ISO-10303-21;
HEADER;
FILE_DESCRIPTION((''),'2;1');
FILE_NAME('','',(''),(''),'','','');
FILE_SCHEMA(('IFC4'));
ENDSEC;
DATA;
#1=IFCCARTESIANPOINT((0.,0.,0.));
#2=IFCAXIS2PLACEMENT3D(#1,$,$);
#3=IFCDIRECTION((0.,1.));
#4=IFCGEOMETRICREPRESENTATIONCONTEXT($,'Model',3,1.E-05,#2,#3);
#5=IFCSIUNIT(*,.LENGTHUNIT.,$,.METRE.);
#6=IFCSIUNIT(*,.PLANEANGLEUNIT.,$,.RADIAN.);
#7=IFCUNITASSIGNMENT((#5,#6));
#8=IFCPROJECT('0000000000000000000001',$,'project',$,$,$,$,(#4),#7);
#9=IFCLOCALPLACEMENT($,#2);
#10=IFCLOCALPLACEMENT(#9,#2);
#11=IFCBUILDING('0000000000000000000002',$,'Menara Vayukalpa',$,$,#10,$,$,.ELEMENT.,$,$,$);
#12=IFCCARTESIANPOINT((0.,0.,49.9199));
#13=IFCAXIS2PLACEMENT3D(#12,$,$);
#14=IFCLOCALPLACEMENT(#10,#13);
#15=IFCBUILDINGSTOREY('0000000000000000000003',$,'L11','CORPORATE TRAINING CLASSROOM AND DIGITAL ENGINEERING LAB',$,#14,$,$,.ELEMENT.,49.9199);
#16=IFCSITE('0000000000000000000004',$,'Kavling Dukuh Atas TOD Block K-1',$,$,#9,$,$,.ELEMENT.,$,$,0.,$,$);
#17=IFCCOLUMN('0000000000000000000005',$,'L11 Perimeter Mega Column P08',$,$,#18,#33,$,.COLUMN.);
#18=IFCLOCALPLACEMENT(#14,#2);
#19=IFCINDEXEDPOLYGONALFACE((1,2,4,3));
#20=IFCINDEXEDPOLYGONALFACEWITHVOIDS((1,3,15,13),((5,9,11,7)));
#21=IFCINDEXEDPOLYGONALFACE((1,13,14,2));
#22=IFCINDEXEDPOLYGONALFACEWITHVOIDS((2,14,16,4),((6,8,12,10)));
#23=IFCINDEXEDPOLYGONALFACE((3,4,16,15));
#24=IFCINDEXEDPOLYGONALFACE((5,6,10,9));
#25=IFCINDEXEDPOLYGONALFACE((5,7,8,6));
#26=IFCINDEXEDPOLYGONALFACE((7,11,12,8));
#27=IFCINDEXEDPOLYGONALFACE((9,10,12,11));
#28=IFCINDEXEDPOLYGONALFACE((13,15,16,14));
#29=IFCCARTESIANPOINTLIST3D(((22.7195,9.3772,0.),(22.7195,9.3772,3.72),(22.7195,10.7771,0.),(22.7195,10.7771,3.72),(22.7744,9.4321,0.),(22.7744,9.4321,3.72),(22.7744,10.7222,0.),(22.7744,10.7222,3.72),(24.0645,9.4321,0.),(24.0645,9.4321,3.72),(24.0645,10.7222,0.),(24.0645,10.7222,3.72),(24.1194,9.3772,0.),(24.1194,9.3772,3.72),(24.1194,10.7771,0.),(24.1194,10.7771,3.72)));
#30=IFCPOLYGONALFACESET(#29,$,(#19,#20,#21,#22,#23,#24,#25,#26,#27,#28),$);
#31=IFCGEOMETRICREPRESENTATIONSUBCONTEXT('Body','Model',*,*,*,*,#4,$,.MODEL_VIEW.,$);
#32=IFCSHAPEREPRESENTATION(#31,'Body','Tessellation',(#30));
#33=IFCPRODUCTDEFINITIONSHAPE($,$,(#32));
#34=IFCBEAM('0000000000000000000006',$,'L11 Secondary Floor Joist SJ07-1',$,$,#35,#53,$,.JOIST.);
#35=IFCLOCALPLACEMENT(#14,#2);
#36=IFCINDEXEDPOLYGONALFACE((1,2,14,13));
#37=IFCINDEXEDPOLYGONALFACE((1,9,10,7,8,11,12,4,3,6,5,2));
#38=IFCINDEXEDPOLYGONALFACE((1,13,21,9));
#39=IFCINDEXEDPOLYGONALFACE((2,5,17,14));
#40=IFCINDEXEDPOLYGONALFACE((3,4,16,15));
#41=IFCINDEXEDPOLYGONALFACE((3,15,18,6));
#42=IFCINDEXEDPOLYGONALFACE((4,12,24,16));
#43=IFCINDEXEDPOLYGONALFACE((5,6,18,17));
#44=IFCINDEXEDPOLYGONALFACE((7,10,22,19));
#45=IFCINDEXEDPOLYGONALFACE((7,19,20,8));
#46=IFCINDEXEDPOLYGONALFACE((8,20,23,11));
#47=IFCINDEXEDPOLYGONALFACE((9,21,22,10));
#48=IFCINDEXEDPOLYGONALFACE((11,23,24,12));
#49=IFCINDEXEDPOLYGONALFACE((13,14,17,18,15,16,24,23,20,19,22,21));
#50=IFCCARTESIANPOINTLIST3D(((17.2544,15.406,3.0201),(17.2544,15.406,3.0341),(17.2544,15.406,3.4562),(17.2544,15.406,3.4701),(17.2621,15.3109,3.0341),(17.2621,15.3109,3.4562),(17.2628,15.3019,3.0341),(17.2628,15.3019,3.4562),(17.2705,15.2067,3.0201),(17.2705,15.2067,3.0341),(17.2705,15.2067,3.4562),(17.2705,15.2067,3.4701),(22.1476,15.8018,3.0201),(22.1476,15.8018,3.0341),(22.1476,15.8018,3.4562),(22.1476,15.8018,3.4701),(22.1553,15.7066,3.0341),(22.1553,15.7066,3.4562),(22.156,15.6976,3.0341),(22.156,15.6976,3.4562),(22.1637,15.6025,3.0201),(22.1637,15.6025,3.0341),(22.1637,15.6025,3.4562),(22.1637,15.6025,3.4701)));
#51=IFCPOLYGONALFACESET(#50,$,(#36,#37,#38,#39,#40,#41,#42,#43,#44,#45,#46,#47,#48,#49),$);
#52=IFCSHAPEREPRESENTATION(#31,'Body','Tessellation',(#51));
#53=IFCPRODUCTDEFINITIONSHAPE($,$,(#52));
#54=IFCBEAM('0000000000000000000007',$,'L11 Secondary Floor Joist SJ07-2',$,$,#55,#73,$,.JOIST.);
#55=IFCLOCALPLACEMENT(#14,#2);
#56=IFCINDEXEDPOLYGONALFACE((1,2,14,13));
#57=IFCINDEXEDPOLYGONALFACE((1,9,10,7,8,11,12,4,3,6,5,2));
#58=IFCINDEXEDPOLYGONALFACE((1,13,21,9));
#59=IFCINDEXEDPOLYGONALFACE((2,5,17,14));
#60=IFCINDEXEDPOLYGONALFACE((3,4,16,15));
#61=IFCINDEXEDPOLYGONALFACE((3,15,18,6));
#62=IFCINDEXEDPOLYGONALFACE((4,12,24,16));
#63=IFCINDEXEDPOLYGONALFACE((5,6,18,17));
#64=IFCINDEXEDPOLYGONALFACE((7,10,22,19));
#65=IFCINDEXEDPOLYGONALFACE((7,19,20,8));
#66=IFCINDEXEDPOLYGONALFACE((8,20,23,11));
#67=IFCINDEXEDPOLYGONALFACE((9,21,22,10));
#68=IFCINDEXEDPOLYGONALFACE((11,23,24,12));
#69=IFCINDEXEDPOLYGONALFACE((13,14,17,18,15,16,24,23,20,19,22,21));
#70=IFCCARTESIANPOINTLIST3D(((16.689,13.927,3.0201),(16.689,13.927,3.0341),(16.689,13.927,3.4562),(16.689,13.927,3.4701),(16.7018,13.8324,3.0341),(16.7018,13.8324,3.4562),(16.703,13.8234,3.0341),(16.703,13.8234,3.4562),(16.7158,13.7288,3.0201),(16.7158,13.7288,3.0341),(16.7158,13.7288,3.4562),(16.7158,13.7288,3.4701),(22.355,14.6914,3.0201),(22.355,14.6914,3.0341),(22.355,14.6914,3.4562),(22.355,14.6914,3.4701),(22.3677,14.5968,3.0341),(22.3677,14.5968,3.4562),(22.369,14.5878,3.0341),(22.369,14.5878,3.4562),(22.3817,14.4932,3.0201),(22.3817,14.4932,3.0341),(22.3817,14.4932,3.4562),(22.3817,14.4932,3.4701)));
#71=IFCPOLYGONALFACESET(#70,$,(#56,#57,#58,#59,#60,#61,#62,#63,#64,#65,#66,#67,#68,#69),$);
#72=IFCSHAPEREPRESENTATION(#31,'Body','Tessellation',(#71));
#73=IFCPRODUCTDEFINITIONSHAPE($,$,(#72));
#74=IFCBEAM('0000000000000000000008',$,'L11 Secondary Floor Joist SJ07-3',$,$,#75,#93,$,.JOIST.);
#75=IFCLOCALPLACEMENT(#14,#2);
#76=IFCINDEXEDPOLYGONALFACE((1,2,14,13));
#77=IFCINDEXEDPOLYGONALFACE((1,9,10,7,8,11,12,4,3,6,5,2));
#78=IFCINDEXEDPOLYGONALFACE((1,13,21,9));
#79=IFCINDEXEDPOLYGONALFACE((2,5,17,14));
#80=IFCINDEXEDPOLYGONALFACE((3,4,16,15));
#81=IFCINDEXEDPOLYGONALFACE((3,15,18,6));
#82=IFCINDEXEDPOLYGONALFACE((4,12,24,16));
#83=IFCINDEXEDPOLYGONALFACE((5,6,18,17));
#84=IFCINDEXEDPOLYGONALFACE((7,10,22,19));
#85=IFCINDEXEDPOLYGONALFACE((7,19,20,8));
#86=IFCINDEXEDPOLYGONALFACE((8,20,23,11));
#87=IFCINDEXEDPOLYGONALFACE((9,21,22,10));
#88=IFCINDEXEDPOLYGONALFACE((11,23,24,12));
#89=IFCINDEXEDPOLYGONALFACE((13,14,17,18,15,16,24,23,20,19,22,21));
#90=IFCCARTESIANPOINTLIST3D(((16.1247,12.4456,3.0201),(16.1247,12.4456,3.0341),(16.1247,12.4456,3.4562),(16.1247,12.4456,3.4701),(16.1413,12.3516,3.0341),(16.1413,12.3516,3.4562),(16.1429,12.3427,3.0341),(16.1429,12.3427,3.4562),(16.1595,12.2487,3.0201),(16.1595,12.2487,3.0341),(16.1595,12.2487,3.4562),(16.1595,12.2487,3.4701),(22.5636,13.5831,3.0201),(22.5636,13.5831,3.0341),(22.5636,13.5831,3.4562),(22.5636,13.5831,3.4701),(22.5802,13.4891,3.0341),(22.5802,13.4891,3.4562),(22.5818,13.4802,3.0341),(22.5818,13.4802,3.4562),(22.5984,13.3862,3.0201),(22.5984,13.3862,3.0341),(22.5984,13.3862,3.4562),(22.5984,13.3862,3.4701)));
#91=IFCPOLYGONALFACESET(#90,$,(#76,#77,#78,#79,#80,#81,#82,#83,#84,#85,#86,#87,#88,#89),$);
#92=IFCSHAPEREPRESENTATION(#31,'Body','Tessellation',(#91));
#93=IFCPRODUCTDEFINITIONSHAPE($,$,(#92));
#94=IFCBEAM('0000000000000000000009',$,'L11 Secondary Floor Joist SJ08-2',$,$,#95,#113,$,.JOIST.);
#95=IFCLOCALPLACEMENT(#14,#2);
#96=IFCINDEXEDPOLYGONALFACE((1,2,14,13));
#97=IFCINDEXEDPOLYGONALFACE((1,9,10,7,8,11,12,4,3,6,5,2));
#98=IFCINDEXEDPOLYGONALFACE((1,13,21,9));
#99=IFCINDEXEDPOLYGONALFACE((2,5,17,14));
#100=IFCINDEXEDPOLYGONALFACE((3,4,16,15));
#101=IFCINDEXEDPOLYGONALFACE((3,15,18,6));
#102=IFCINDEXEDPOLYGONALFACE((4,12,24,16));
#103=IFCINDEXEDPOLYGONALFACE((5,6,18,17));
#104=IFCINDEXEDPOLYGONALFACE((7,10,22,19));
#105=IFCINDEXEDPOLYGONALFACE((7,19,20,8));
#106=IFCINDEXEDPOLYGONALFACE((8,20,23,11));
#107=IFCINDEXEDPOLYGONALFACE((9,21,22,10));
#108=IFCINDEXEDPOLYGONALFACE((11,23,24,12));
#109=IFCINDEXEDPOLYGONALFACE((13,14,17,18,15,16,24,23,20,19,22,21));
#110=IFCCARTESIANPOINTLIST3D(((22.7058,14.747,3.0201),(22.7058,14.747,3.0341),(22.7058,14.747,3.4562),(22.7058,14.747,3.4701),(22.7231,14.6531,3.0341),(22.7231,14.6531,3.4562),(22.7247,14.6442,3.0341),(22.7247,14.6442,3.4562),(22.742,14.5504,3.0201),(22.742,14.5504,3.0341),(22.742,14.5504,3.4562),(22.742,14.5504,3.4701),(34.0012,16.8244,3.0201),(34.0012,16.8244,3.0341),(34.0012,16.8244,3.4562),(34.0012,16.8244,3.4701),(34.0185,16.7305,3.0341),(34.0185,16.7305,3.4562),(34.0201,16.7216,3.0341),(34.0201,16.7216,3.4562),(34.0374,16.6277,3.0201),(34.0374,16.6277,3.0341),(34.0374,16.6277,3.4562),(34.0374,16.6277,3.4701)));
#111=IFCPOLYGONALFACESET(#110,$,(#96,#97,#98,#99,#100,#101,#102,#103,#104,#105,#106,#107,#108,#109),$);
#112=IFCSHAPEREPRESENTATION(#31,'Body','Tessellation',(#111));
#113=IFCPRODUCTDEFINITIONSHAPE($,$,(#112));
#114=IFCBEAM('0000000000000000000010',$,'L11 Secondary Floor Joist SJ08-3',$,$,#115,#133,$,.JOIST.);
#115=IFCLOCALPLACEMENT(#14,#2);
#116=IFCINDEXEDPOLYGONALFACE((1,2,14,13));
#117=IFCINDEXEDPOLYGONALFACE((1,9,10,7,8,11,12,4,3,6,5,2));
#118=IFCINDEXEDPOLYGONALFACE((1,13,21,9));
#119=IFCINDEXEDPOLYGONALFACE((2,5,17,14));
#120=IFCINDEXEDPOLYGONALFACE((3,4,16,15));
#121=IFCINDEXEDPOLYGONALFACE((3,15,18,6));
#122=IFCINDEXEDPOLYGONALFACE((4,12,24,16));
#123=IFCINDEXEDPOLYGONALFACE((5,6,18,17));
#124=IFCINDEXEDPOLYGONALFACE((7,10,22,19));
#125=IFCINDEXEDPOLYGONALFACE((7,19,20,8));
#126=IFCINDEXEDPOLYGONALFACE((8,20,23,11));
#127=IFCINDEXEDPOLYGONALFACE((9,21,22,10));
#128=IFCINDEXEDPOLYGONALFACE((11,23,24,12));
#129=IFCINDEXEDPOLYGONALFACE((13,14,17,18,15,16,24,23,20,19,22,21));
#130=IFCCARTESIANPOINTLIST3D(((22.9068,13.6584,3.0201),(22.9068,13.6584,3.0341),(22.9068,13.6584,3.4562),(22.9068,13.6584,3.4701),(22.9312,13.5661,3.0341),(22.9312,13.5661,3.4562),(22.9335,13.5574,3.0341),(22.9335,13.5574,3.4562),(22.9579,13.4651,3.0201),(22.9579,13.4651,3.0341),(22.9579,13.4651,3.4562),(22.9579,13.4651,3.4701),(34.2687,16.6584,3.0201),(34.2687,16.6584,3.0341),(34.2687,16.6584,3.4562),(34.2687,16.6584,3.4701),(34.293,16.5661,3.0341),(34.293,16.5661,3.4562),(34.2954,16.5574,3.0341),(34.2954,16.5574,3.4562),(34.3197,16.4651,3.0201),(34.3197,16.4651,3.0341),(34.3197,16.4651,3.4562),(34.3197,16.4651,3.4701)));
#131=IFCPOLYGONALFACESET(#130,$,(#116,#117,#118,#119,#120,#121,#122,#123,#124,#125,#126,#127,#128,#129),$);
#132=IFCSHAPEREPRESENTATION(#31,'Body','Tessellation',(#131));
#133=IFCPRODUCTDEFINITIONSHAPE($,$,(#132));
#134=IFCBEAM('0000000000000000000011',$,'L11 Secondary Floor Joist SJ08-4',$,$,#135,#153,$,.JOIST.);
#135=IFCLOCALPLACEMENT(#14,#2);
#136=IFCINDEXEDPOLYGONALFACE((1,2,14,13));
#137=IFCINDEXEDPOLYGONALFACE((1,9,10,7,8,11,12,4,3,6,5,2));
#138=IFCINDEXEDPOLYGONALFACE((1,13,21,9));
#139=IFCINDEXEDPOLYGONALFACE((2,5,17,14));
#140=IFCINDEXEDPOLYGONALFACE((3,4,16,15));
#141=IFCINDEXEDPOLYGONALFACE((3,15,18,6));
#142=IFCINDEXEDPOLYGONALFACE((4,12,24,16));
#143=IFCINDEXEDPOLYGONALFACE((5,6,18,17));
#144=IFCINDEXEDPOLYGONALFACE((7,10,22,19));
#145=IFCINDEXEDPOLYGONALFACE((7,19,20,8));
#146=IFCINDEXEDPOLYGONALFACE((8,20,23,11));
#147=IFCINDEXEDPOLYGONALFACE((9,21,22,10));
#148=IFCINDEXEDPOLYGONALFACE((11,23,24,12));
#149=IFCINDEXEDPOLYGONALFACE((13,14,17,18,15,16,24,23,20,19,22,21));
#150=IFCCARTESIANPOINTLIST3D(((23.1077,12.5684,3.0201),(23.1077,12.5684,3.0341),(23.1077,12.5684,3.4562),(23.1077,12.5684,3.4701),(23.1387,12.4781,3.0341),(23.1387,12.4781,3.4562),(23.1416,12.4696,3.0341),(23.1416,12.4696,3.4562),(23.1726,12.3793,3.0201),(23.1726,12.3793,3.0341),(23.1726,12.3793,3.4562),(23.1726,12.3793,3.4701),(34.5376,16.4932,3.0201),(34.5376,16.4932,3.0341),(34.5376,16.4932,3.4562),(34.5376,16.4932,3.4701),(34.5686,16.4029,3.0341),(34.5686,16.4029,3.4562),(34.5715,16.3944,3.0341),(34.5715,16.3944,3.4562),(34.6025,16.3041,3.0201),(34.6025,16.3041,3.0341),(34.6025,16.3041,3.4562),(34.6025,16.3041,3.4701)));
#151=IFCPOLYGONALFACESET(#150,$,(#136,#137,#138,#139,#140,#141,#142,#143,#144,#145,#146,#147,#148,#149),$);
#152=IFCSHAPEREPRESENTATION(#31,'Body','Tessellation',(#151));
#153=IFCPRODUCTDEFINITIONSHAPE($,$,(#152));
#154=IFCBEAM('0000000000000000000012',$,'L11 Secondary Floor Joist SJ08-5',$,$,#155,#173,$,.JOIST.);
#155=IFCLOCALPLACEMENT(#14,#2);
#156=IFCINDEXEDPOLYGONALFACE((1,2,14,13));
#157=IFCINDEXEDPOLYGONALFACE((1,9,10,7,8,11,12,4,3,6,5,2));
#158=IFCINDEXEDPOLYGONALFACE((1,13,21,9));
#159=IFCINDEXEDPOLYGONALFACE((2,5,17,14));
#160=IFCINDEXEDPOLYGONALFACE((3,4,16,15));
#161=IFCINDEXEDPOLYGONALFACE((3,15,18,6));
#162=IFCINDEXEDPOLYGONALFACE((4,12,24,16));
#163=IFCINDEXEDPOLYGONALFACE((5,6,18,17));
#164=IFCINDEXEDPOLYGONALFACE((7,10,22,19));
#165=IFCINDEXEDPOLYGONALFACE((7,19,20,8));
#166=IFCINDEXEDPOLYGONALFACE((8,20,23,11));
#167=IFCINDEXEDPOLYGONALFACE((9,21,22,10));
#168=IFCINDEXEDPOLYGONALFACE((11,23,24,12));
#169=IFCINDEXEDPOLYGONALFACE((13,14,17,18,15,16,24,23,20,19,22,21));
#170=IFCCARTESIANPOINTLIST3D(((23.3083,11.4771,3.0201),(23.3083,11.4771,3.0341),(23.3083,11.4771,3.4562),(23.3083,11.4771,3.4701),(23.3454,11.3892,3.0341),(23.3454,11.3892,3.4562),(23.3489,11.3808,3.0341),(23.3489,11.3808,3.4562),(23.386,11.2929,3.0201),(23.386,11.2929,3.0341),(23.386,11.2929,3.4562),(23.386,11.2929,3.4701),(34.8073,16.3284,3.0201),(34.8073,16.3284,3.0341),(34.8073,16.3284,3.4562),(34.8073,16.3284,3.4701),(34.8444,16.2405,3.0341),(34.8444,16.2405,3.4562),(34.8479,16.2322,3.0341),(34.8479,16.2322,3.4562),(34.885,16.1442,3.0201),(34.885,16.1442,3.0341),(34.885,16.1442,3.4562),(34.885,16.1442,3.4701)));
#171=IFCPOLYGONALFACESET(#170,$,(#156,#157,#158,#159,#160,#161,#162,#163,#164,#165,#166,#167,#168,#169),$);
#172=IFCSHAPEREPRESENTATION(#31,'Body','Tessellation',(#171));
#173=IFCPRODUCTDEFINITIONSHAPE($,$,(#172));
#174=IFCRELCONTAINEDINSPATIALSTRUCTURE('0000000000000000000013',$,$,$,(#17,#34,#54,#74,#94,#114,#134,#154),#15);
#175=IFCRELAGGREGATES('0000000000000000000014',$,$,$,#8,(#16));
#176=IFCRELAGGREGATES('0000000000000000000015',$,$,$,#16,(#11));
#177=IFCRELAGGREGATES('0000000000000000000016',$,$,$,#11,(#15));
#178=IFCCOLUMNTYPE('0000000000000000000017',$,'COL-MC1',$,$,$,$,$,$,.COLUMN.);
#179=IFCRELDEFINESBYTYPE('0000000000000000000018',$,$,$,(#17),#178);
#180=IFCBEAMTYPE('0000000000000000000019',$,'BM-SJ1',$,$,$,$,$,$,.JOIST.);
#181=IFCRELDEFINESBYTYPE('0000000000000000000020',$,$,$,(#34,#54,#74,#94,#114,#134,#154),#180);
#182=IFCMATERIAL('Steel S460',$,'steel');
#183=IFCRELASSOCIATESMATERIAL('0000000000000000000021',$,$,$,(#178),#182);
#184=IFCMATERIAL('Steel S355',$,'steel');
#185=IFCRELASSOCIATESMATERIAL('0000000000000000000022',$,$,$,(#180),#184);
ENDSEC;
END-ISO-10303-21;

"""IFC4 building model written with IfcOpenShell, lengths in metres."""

from ifc_helpers import new_model, si_unit, direction, frame, origin, origin_2d, place, context, subcontext, project, spatial, hollow_rectangle, i_section, extrude, material, material_profile, profile_set, type_object, element, save


model = new_model("IFC4")

# Units and contexts
model_context = context("Model", 3, precision=1e-05, world=origin(), true_north=direction((0.0, 1.0)))
body_context = subcontext(model_context, "Body", "Model", "MODEL_VIEW")
ifc_project = project(units=[si_unit("LENGTHUNIT", "METRE"), si_unit("PLANEANGLEUNIT", "RADIAN")], contexts=[model_context])

# Site, building, storey
site_placement = place(None, origin())
site = spatial("IfcSite", under=ifc_project, at=site_placement, Name="Kavling Dukuh Atas TOD Block K-1", CompositionType="ELEMENT", RefElevation=0.0)
building_placement = place(site_placement, origin())
building = spatial("IfcBuilding", under=site, at=building_placement, Name="Menara Vayukalpa", CompositionType="ELEMENT")
storey_placement = place(building_placement, frame((0.0, 0.0, 49.9199)))
storey = spatial("IfcBuildingStorey", under=building, at=storey_placement, Name="L11", Description="CORPORATE TRAINING CLASSROOM AND DIGITAL ENGINEERING LAB", CompositionType="ELEMENT", Elevation=49.9199)

# Column
ifc_material_1 = material(Name="Steel S460", Category="steel")
ifc_material_profile_1 = material_profile(ifc_material_1, hollow_rectangle(XDim=1.3999, YDim=1.3999, WallThickness=0.0549, at=origin_2d()), Name="BOX 1400x1400x55")
ifc_profile_set_1 = profile_set([ifc_material_profile_1], Name="Steel S460")
column_type = type_object("IfcColumnType", Name="COL-MC1", PredefinedType="COLUMN", material=ifc_profile_set_1)
column_placement = place(storey_placement, frame((23.4194, 10.0771, 0.0), z_axis=(0.0, 0.0, 1.0), x_axis=(1.0, 0.0, 0.0)))
element("IfcColumn", 1, at=column_placement, inside=storey, type_object=column_type, Name="L11 Perimeter Mega Column P08", PredefinedType="COLUMN", context=body_context, shape_type="SweptSolid", body=[
    extrude(hollow_rectangle(XDim=1.3999, YDim=1.3999, WallThickness=0.0549, at=origin_2d()), origin(), (0.0, 0.0, 1.0), 3.72),
])

# Beams
ifc_material_2 = material(Name="Steel S355", Category="steel")
ifc_material_profile_2 = material_profile(ifc_material_2, i_section(OverallWidth=0.2, OverallDepth=0.45, WebThickness=0.009, FlangeThickness=0.0139, at=origin_2d()), Name="WF 450x200x9x14")
ifc_profile_set_2 = profile_set([ifc_material_profile_2], Name="Steel S355")
beam_type_1 = type_object("IfcBeamType", Name="BM-SJ1", PredefinedType="JOIST", material=ifc_profile_set_2)
beam_1_placement = place(storey_placement, frame((17.2625, 15.3064, 3.2451), z_axis=(0.996745, 0.080613, 0.0), x_axis=(-0.080613, 0.996745, 0.0)))
element("IfcBeam", 2, at=beam_1_placement, inside=storey, type_object=beam_type_1, Name="L11 Secondary Floor Joist SJ07-1", PredefinedType="JOIST", context=body_context, shape_type="SweptSolid", body=[
    extrude(i_section(OverallWidth=0.2, OverallDepth=0.45, WebThickness=0.009, FlangeThickness=0.0139, at=origin_2d()), origin(), (0.0, 0.0, 1.0), 4.9092),
])
beam_2_placement = place(storey_placement, frame((16.7024, 13.8279, 3.2451), z_axis=(0.991022, 0.133699, 0.0), x_axis=(-0.133699, 0.991022, 0.0)))
element("IfcBeam", 3, at=beam_2_placement, inside=storey, type_object=beam_type_1, Name="L11 Secondary Floor Joist SJ07-2", PredefinedType="JOIST", context=body_context, shape_type="SweptSolid", body=[
    extrude(i_section(OverallWidth=0.2, OverallDepth=0.45, WebThickness=0.009, FlangeThickness=0.0139, at=origin_2d()), origin(), (0.0, 0.0, 1.0), 5.7173),
])
beam_3_placement = place(storey_placement, frame((16.1421, 12.3472, 3.2451), z_axis=(0.984753, 0.173958, 0.0), x_axis=(-0.173958, 0.984753, 0.0)))
element("IfcBeam", 4, at=beam_3_placement, inside=storey, type_object=beam_type_1, Name="L11 Secondary Floor Joist SJ07-3", PredefinedType="JOIST", context=body_context, shape_type="SweptSolid", body=[
    extrude(i_section(OverallWidth=0.2, OverallDepth=0.45, WebThickness=0.009, FlangeThickness=0.0139, at=origin_2d()), origin(), (0.0, 0.0, 1.0), 6.5386),
])
beam_4_placement = place(storey_placement, frame((22.7239, 14.6487, 3.2451), z_axis=(0.983505, 0.180881, 0.0), x_axis=(-0.180881, 0.983505, 0.0)))
element("IfcBeam", 5, at=beam_4_placement, inside=storey, type_object=beam_type_1, Name="L11 Secondary Floor Joist SJ08-2", PredefinedType="JOIST", context=body_context, shape_type="SweptSolid", body=[
    extrude(i_section(OverallWidth=0.2, OverallDepth=0.45, WebThickness=0.009, FlangeThickness=0.0139, at=origin_2d()), origin(), (0.0, 0.0, 1.0), 11.4849),
])
beam_5_placement = place(storey_placement, frame((22.9324, 13.5618, 3.2451), z_axis=(0.966864, 0.255293, 0.0), x_axis=(-0.255293, 0.966864, 0.0)))
element("IfcBeam", 6, at=beam_5_placement, inside=storey, type_object=beam_type_1, Name="L11 Secondary Floor Joist SJ08-3", PredefinedType="JOIST", context=body_context, shape_type="SweptSolid", body=[
    extrude(i_section(OverallWidth=0.2, OverallDepth=0.45, WebThickness=0.009, FlangeThickness=0.0139, at=origin_2d()), origin(), (0.0, 0.0, 1.0), 11.7512),
])
beam_6_placement = place(storey_placement, frame((23.1401, 12.4739, 3.2451), z_axis=(0.945794, 0.324766, 0.0), x_axis=(-0.324766, 0.945794, 0.0)))
element("IfcBeam", 7, at=beam_6_placement, inside=storey, type_object=beam_type_1, Name="L11 Secondary Floor Joist SJ08-4", PredefinedType="JOIST", context=body_context, shape_type="SweptSolid", body=[
    extrude(i_section(OverallWidth=0.2, OverallDepth=0.45, WebThickness=0.009, FlangeThickness=0.0139, at=origin_2d()), origin(), (0.0, 0.0, 1.0), 12.085),
])
beam_7_placement = place(storey_placement, frame((23.3472, 11.385, 3.2451), z_axis=(0.921359, 0.388712, 0.0), x_axis=(-0.388712, 0.921359, 0.0)))
element("IfcBeam", 8, at=beam_7_placement, inside=storey, type_object=beam_type_1, Name="L11 Secondary Floor Joist SJ08-5", PredefinedType="JOIST", context=body_context, shape_type="SweptSolid", body=[
    extrude(i_section(OverallWidth=0.2, OverallDepth=0.45, WebThickness=0.009, FlangeThickness=0.0139, at=origin_2d()), origin(), (0.0, 0.0, 1.0), 12.4805),
])

save(model, "model.ifc")
